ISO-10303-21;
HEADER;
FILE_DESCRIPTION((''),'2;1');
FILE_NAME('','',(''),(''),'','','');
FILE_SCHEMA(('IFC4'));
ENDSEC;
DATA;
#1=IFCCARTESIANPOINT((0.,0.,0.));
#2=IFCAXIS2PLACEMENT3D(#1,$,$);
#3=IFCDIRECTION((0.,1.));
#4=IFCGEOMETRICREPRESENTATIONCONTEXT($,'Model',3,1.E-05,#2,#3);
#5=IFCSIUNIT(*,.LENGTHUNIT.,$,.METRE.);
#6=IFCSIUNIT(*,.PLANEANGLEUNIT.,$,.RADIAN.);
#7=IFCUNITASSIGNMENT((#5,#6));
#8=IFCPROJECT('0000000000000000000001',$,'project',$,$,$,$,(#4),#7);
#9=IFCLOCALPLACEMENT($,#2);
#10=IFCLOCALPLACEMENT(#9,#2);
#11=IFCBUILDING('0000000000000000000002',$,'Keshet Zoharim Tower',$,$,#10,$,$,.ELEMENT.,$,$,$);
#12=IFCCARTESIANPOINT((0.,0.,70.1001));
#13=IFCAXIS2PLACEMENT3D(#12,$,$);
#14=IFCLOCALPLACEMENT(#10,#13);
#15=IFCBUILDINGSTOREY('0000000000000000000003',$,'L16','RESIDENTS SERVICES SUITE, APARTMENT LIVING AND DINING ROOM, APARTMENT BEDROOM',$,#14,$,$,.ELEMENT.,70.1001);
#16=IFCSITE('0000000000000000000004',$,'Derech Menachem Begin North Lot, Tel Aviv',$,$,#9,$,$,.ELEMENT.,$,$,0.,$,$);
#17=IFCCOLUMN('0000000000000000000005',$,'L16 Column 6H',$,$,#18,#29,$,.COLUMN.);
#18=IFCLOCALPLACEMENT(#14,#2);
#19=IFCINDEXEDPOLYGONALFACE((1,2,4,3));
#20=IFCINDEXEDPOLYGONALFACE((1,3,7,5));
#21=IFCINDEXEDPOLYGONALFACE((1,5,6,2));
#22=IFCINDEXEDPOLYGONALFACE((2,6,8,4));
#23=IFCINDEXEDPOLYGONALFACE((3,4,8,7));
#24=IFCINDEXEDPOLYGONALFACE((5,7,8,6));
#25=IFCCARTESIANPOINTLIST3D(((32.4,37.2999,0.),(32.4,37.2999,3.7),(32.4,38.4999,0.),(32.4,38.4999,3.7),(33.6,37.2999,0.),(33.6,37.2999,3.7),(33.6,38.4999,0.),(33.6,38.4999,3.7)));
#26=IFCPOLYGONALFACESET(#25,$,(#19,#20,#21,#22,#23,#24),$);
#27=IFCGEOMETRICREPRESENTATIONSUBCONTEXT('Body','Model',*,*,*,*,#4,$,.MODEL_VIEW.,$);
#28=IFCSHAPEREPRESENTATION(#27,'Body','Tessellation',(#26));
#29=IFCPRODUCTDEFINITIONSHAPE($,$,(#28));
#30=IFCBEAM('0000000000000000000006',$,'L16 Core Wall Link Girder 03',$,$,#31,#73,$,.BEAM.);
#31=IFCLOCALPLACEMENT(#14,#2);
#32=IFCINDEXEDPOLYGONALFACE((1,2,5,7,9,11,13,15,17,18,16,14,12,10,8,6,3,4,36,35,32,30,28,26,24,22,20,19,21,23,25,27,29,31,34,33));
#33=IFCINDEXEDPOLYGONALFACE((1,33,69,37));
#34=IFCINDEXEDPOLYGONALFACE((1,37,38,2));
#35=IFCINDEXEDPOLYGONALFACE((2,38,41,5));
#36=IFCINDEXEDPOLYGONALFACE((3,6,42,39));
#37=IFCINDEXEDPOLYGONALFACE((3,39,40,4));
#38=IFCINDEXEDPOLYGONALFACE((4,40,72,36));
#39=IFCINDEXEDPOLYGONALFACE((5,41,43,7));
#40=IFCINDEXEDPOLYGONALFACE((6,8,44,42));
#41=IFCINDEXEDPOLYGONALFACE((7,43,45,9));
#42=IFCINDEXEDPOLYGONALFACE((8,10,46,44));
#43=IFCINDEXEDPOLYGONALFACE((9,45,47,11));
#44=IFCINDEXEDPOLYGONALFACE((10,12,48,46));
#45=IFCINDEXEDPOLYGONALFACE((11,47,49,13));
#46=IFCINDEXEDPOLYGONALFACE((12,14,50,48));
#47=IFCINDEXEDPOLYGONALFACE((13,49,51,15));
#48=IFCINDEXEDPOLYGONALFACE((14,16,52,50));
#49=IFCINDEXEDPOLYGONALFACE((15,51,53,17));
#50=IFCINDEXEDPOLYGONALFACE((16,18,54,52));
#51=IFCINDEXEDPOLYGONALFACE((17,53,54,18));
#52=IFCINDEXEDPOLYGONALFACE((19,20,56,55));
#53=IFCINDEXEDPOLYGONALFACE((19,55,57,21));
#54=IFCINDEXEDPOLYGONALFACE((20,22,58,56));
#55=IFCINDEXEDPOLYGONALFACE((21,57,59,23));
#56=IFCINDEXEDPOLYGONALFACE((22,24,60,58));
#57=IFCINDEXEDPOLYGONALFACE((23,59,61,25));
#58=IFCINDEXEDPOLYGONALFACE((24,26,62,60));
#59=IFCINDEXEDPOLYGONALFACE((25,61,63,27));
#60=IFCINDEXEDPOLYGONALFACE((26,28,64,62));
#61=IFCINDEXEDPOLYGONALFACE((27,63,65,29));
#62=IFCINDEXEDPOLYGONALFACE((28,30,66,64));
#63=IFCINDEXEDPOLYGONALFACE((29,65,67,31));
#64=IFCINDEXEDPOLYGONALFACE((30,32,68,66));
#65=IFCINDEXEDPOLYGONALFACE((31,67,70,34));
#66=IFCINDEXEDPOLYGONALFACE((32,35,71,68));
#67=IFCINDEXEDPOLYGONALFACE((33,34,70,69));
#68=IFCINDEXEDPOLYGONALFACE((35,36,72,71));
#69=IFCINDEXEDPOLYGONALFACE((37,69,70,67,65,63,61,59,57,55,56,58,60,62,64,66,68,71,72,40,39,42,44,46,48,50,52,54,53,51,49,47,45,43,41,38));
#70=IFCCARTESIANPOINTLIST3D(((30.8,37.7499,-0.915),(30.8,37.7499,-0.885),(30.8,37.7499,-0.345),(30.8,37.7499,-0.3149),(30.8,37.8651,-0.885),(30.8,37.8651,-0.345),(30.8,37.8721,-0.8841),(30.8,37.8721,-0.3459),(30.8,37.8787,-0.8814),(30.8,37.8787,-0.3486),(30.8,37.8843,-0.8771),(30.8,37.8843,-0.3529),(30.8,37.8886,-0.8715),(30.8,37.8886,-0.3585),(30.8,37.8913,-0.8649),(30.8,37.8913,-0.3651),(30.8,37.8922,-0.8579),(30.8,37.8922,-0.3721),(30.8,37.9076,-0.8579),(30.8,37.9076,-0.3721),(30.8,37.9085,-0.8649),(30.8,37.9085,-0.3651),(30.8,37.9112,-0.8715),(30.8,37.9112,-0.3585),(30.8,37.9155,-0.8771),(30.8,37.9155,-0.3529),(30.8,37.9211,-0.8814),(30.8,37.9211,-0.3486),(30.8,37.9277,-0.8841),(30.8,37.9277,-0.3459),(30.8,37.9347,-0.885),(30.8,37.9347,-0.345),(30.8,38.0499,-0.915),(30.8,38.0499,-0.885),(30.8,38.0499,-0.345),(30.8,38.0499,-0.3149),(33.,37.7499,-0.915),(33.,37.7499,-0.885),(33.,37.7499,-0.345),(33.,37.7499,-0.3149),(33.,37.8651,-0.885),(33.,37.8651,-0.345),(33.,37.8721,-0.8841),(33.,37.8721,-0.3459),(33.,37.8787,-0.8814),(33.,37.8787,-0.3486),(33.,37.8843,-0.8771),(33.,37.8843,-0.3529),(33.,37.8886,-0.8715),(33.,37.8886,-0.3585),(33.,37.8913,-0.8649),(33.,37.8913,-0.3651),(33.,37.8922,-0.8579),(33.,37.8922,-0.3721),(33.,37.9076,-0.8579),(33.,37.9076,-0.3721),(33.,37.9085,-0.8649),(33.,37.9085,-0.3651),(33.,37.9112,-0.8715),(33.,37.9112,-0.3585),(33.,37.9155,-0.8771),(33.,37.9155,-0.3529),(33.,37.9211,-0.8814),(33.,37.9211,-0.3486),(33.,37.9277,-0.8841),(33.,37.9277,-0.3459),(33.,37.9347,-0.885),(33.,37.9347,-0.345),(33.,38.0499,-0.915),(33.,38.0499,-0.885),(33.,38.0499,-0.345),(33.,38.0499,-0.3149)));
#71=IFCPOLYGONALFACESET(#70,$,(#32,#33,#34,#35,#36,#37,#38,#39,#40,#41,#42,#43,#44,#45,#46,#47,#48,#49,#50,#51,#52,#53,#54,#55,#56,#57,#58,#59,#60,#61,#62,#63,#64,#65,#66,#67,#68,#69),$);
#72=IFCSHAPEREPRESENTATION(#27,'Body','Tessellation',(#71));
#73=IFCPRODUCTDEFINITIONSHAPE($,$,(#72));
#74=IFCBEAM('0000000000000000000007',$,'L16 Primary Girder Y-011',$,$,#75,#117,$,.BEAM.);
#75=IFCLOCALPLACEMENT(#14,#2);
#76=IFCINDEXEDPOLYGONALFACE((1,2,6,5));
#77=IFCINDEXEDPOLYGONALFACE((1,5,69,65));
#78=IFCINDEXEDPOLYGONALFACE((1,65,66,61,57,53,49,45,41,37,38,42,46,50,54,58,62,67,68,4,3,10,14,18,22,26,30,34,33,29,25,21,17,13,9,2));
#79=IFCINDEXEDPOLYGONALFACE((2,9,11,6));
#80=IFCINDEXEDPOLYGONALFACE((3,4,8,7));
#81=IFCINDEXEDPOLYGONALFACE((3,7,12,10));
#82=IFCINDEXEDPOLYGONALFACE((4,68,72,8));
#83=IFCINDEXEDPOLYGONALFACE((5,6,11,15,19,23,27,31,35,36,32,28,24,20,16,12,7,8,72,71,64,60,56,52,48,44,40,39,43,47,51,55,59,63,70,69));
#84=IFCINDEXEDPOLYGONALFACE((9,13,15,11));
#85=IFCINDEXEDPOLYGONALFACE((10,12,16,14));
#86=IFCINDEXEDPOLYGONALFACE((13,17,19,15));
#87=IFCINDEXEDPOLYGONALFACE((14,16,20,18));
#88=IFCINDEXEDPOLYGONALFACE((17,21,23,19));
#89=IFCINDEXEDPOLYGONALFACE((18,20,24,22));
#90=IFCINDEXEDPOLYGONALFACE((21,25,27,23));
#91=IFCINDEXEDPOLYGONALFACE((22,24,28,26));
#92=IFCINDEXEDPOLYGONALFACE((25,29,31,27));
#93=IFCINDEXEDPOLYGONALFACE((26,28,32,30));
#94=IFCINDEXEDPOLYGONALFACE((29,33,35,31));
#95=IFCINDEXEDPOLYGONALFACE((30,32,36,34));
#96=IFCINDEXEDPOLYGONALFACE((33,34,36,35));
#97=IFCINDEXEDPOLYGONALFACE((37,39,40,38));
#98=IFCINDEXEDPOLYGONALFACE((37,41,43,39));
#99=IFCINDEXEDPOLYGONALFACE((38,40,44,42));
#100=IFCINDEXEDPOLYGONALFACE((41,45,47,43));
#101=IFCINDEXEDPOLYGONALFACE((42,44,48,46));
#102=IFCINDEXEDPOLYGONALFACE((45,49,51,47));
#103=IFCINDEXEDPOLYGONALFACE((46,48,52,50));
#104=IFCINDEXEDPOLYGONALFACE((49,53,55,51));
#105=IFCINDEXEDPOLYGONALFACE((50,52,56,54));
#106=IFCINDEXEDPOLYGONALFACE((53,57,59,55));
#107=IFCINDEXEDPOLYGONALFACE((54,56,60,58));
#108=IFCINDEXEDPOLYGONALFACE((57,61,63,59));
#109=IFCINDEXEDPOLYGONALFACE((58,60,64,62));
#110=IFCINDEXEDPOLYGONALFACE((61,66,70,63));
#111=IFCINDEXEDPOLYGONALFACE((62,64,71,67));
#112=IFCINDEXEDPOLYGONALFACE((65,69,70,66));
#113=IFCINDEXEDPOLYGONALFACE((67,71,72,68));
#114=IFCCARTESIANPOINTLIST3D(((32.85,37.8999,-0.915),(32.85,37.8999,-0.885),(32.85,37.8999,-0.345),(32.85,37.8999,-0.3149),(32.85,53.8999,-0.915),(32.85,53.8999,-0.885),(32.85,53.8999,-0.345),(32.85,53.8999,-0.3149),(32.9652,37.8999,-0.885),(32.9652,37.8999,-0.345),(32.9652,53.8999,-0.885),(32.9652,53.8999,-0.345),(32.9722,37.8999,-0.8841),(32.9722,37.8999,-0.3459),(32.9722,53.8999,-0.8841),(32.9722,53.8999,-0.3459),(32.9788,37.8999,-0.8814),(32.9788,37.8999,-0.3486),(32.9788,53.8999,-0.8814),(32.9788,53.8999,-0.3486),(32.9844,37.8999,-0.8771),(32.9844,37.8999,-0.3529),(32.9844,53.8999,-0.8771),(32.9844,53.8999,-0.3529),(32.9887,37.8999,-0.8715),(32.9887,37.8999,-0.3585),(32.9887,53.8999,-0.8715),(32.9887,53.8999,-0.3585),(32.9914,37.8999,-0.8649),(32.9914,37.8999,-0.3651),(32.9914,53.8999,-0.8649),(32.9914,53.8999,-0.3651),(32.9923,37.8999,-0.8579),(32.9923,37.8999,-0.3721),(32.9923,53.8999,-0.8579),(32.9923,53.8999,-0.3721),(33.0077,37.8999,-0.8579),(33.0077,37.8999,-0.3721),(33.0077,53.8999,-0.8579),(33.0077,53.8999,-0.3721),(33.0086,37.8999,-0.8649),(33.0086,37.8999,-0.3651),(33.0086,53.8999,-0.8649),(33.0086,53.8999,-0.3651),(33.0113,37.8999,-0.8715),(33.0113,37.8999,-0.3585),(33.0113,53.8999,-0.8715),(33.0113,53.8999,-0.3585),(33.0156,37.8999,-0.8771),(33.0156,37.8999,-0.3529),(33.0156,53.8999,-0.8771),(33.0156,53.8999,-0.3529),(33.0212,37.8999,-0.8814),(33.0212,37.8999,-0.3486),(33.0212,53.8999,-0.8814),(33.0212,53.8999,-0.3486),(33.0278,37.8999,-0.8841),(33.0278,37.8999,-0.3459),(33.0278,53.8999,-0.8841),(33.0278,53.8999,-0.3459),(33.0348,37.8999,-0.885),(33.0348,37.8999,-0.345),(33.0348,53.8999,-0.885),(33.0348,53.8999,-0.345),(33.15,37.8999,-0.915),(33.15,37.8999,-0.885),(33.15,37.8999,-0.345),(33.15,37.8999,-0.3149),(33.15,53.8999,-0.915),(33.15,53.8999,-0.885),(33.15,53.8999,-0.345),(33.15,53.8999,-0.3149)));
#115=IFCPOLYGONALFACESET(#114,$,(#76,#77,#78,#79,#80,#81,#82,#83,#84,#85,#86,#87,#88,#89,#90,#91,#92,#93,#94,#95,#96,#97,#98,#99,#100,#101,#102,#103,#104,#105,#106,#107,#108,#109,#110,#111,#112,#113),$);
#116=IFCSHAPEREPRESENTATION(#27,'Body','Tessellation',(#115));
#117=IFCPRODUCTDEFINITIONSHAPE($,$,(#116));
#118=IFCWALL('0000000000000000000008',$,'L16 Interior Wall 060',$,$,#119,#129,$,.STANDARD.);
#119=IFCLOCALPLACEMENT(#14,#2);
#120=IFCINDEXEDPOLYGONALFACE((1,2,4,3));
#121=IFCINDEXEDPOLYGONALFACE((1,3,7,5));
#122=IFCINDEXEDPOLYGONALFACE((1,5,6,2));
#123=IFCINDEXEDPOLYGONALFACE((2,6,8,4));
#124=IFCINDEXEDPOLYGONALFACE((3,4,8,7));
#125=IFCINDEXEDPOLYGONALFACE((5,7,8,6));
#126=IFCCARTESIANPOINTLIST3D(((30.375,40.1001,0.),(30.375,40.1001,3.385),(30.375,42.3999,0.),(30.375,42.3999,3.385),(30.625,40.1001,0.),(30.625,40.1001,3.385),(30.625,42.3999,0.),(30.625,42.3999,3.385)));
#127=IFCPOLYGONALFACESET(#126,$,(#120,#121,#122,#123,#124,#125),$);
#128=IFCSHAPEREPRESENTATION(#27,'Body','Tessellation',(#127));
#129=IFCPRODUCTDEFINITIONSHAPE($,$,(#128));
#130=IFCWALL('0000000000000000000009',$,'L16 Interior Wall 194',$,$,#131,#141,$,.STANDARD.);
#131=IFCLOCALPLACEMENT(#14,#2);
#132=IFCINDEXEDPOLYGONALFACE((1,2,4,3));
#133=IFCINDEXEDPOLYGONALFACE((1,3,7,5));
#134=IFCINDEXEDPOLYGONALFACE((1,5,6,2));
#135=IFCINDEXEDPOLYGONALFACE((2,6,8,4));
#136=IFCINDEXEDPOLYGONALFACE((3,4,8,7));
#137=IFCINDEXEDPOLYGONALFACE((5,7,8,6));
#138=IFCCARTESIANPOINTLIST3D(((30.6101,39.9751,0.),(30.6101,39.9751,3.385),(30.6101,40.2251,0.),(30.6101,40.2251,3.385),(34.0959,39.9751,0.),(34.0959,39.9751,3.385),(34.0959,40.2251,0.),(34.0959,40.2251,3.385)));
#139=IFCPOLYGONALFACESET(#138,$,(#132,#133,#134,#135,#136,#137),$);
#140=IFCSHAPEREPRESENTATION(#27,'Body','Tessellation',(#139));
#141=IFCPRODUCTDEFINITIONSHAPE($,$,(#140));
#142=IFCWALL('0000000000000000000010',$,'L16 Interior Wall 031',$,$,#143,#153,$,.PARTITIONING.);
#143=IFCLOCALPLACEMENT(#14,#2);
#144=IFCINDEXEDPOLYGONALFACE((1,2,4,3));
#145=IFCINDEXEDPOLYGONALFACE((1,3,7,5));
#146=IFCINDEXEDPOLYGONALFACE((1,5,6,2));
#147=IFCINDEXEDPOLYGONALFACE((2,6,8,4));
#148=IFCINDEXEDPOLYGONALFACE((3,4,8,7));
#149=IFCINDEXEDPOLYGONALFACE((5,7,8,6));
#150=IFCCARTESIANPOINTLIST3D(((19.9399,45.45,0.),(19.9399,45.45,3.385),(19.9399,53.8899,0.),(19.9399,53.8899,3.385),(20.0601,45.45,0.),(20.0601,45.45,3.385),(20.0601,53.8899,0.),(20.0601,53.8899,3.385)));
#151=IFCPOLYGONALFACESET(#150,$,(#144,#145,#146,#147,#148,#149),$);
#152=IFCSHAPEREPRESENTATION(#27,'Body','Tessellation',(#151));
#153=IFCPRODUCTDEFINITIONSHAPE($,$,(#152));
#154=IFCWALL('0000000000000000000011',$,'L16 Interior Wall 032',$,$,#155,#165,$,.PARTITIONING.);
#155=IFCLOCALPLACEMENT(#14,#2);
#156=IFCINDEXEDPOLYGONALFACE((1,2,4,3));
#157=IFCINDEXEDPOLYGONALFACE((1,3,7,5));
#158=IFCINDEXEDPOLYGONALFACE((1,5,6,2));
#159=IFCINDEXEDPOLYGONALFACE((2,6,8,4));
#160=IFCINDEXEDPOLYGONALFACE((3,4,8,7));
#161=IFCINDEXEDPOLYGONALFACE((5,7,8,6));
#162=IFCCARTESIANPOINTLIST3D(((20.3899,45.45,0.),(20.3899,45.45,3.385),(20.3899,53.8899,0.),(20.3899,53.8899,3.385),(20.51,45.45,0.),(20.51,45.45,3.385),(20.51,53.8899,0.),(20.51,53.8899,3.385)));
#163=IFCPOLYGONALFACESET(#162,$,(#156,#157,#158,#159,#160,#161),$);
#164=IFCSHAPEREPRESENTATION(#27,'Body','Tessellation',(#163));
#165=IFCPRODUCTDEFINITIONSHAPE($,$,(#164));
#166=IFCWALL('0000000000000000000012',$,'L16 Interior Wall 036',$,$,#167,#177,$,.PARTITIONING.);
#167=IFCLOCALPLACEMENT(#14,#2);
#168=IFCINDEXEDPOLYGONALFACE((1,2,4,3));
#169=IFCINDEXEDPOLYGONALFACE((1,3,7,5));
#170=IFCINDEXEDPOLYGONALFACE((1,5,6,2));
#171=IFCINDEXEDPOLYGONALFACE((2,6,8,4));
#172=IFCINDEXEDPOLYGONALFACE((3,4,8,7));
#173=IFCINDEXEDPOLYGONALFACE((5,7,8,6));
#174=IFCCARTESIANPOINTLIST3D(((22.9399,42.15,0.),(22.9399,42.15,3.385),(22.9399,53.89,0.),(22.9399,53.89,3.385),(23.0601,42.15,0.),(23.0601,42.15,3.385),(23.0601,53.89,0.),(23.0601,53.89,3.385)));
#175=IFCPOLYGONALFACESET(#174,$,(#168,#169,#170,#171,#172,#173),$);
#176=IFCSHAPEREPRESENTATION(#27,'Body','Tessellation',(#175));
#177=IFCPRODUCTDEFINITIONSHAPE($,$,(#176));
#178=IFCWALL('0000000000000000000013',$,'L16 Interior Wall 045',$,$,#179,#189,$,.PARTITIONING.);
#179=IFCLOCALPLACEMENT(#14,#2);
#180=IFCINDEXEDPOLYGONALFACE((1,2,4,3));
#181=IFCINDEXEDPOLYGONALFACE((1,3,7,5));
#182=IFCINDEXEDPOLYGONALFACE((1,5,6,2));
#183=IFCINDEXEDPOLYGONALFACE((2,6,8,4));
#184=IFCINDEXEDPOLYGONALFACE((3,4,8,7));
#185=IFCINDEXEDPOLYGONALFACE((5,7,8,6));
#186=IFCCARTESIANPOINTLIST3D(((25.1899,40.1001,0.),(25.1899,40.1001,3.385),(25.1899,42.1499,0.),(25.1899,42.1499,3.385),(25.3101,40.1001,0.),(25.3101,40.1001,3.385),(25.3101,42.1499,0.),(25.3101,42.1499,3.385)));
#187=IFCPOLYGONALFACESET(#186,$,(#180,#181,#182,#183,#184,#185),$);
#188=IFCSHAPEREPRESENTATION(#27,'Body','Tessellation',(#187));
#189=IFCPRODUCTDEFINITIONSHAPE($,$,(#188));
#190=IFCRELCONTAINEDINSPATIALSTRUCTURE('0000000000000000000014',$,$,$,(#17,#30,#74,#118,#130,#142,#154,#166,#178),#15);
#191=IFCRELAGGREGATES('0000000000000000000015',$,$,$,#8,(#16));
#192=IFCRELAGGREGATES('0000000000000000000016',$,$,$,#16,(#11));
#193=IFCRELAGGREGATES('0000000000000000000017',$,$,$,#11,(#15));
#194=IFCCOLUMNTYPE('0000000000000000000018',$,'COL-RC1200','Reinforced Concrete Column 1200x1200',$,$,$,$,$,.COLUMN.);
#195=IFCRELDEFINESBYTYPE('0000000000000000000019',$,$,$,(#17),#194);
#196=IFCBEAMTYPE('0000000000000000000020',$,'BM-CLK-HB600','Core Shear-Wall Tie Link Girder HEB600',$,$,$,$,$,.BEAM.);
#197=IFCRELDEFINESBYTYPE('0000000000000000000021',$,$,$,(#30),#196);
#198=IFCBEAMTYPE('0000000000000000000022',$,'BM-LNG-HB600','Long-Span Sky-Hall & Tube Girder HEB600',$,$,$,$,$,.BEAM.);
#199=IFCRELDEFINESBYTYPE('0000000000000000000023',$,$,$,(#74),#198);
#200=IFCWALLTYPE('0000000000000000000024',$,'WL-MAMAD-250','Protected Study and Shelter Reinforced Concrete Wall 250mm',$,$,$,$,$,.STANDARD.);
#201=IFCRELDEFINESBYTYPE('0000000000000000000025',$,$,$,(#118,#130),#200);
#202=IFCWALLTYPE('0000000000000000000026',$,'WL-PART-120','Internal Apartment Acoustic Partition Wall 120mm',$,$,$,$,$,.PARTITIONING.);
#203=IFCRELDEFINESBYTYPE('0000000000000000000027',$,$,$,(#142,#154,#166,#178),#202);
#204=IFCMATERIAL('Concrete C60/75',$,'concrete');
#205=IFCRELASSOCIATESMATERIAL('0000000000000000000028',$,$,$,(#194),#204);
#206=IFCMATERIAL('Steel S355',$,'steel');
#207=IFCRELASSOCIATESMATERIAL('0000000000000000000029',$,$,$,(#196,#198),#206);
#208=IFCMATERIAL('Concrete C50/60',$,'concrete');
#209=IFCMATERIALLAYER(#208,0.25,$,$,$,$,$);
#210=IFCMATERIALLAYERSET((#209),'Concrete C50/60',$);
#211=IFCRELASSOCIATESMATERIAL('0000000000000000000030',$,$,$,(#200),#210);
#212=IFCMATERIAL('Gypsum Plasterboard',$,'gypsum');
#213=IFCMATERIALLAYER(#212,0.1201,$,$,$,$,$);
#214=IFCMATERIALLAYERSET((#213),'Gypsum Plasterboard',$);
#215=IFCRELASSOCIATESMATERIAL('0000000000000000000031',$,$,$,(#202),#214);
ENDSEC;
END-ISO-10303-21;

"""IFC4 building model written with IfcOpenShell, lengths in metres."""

from ifc_helpers import new_model, si_unit, direction, frame, frame_2d, origin, origin_2d, place, context, subcontext, project, spatial, rectangle, i_section, extrude, material, layer, layer_set, material_profile, profile_set, type_object, element, save


model = new_model("IFC4")

# Units and contexts
model_context = context("Model", 3, precision=1e-05, world=origin(), true_north=direction((0.0, 1.0)))
body_context = subcontext(model_context, "Body", "Model", "MODEL_VIEW")
ifc_project = project(units=[si_unit("LENGTHUNIT", "METRE"), si_unit("PLANEANGLEUNIT", "RADIAN")], contexts=[model_context])

# Site, building, storey
site_placement = place(None, origin())
site = spatial("IfcSite", under=ifc_project, at=site_placement, Name="Derech Menachem Begin North Lot, Tel Aviv", CompositionType="ELEMENT", RefElevation=0.0)
building_placement = place(site_placement, origin())
building = spatial("IfcBuilding", under=site, at=building_placement, Name="Keshet Zoharim Tower", CompositionType="ELEMENT")
storey_placement = place(building_placement, frame((0.0, 0.0, 70.1001)))
storey = spatial("IfcBuildingStorey", under=building, at=storey_placement, Name="L16", Description="RESIDENTS SERVICES SUITE, APARTMENT LIVING AND DINING ROOM, APARTMENT BEDROOM", CompositionType="ELEMENT", Elevation=70.1001)

# Column
ifc_material_1 = material(Name="Concrete C60/75", Category="concrete")
ifc_material_profile_1 = material_profile(ifc_material_1, rectangle(XDim=1.2, YDim=1.2, at=origin_2d()), Name="RC1200x1200")
ifc_profile_set_1 = profile_set([ifc_material_profile_1], Name="Concrete C60/75")
column_type = type_object("IfcColumnType", Name="COL-RC1200", Description="Reinforced Concrete Column 1200x1200", PredefinedType="COLUMN", material=ifc_profile_set_1)
column_placement = place(storey_placement, frame((33.0, 37.8999, 0.0), z_axis=(0.0, 0.0, 1.0), x_axis=(1.0, 0.0, 0.0)))
element("IfcColumn", 1, at=column_placement, inside=storey, type_object=column_type, Name="L16 Column 6H", PredefinedType="COLUMN", context=body_context, shape_type="SweptSolid", body=[
    extrude(rectangle(XDim=1.2, YDim=1.2, at=origin_2d()), origin(), (0.0, 0.0, 1.0), 3.7),
])

# Beams
ifc_material_2 = material(Name="Steel S355", Category="steel")
ifc_material_profile_2 = material_profile(ifc_material_2, i_section(OverallWidth=0.3, OverallDepth=0.6001, WebThickness=0.0154, FlangeThickness=0.03, FilletRadius=0.0271, at=origin_2d()), Name="HEB600")
ifc_profile_set_2 = profile_set([ifc_material_profile_2], Name="Steel S355")
beam_type_1 = type_object("IfcBeamType", Name="BM-CLK-HB600", Description="Core Shear-Wall Tie Link Girder HEB600", PredefinedType="BEAM", material=ifc_profile_set_2)
beam_1_placement = place(storey_placement, frame((30.8, 37.8999, -0.615), z_axis=(1.0, 0.0, 0.0), x_axis=(0.0, 1.0, 0.0)))
element("IfcBeam", 2, at=beam_1_placement, inside=storey, type_object=beam_type_1, Name="L16 Core Wall Link Girder 03", PredefinedType="BEAM", context=body_context, shape_type="SweptSolid", body=[
    extrude(i_section(OverallWidth=0.3, OverallDepth=0.6001, WebThickness=0.0154, FlangeThickness=0.03, FilletRadius=0.0271, at=origin_2d()), origin(), (0.0, 0.0, 1.0), 2.2),
])
ifc_material_profile_3 = material_profile(ifc_material_2, i_section(OverallWidth=0.3, OverallDepth=0.6001, WebThickness=0.0154, FlangeThickness=0.03, FilletRadius=0.0271, at=origin_2d()), Name="HEB600")
ifc_profile_set_3 = profile_set([ifc_material_profile_3], Name="Steel S355")
beam_type_2 = type_object("IfcBeamType", Name="BM-LNG-HB600", Description="Long-Span Sky-Hall & Tube Girder HEB600", PredefinedType="BEAM", material=ifc_profile_set_3)
beam_2_placement = place(storey_placement, frame((33.0, 37.8999, -0.615), z_axis=(0.0, 1.0, 0.0), x_axis=(-1.0, 0.0, 0.0)))
element("IfcBeam", 3, at=beam_2_placement, inside=storey, type_object=beam_type_2, Name="L16 Primary Girder Y-011", PredefinedType="BEAM", context=body_context, shape_type="SweptSolid", body=[
    extrude(i_section(OverallWidth=0.3, OverallDepth=0.6001, WebThickness=0.0154, FlangeThickness=0.03, FilletRadius=0.0271, at=origin_2d()), origin(), (0.0, 0.0, 1.0), 16.0),
])

# Shared definitions
ifc_material_3 = material(Name="Gypsum Plasterboard", Category="gypsum")

# Walls
ifc_material_4 = material(Name="Concrete C50/60", Category="concrete")
ifc_layer_1 = layer(ifc_material_4, 0.25)
ifc_layer_set_1 = layer_set([ifc_layer_1], Name="Concrete C50/60")
wall_type_1 = type_object("IfcWallType", Name="WL-MAMAD-250", Description="Protected Study and Shelter Reinforced Concrete Wall 250mm", PredefinedType="STANDARD", material=ifc_layer_set_1)
wall_1_placement = place(storey_placement, frame((30.5, 40.1001, 0.0), z_axis=(0.0, 0.0, 1.0), x_axis=(0.0, 1.0, 0.0)))
element("IfcWall", 4, at=wall_1_placement, inside=storey, type_object=wall_type_1, Name="L16 Interior Wall 060", PredefinedType="STANDARD", context=body_context, shape_type="SweptSolid", body=[
    extrude(rectangle(XDim=2.2998, YDim=0.25, at=frame_2d((1.1499, 0.0))), origin(), (0.0, 0.0, 1.0), 3.385),
])
wall_2_placement = place(storey_placement, frame((30.6101, 40.1001, 0.0), z_axis=(0.0, 0.0, 1.0), x_axis=(1.0, 0.0, 0.0)))
element("IfcWall", 5, at=wall_2_placement, inside=storey, type_object=wall_type_1, Name="L16 Interior Wall 194", PredefinedType="STANDARD", context=body_context, shape_type="SweptSolid", body=[
    extrude(rectangle(XDim=3.4858, YDim=0.25, at=frame_2d((1.7429, 0.0))), origin(), (0.0, 0.0, 1.0), 3.385),
])

# Walls
ifc_layer_2 = layer(ifc_material_3, 0.1201)
ifc_layer_set_2 = layer_set([ifc_layer_2], Name="Gypsum Plasterboard")
wall_type_2 = type_object("IfcWallType", Name="WL-PART-120", Description="Internal Apartment Acoustic Partition Wall 120mm", PredefinedType="PARTITIONING", material=ifc_layer_set_2)
for number, where, z_axis, x_axis, name in (
    (6, (20.0, 45.45, 0.0), (0.0, 0.0, 1.0), (0.0, 1.0, 0.0), "L16 Interior Wall 031"),
    (7, (20.45, 45.45, 0.0), (0.0, 0.0, 1.0), (0.0, 1.0, 0.0), "L16 Interior Wall 032"),
):
    element("IfcWall", number, at=place(storey_placement, frame(where, z_axis=z_axis, x_axis=x_axis)), inside=storey, type_object=wall_type_2, Name=name, PredefinedType="PARTITIONING", context=body_context, shape_type="SweptSolid", body=[
        extrude(rectangle(XDim=8.4399, YDim=0.1201, at=frame_2d((4.22, 0.0))), origin(), (0.0, 0.0, 1.0), 3.385),
    ])
wall_3_placement = place(storey_placement, frame((23.0, 42.1499, 0.0), z_axis=(0.0, 0.0, 1.0), x_axis=(0.0, 1.0, 0.0)))
element("IfcWall", 8, at=wall_3_placement, inside=storey, type_object=wall_type_2, Name="L16 Interior Wall 036", PredefinedType="PARTITIONING", context=body_context, shape_type="SweptSolid", body=[
    extrude(rectangle(XDim=11.74, YDim=0.1201, at=frame_2d((5.8701, 0.0))), origin(), (0.0, 0.0, 1.0), 3.385),
])
wall_4_placement = place(storey_placement, frame((25.25, 40.1001, 0.0), z_axis=(0.0, 0.0, 1.0), x_axis=(0.0, 1.0, 0.0)))
element("IfcWall", 9, at=wall_4_placement, inside=storey, type_object=wall_type_2, Name="L16 Interior Wall 045", PredefinedType="PARTITIONING", context=body_context, shape_type="SweptSolid", body=[
    extrude(rectangle(XDim=2.0498, YDim=0.1201, at=frame_2d((1.0249, 0.0))), origin(), (0.0, 0.0, 1.0), 3.385),
])

save(model, "model.ifc")
